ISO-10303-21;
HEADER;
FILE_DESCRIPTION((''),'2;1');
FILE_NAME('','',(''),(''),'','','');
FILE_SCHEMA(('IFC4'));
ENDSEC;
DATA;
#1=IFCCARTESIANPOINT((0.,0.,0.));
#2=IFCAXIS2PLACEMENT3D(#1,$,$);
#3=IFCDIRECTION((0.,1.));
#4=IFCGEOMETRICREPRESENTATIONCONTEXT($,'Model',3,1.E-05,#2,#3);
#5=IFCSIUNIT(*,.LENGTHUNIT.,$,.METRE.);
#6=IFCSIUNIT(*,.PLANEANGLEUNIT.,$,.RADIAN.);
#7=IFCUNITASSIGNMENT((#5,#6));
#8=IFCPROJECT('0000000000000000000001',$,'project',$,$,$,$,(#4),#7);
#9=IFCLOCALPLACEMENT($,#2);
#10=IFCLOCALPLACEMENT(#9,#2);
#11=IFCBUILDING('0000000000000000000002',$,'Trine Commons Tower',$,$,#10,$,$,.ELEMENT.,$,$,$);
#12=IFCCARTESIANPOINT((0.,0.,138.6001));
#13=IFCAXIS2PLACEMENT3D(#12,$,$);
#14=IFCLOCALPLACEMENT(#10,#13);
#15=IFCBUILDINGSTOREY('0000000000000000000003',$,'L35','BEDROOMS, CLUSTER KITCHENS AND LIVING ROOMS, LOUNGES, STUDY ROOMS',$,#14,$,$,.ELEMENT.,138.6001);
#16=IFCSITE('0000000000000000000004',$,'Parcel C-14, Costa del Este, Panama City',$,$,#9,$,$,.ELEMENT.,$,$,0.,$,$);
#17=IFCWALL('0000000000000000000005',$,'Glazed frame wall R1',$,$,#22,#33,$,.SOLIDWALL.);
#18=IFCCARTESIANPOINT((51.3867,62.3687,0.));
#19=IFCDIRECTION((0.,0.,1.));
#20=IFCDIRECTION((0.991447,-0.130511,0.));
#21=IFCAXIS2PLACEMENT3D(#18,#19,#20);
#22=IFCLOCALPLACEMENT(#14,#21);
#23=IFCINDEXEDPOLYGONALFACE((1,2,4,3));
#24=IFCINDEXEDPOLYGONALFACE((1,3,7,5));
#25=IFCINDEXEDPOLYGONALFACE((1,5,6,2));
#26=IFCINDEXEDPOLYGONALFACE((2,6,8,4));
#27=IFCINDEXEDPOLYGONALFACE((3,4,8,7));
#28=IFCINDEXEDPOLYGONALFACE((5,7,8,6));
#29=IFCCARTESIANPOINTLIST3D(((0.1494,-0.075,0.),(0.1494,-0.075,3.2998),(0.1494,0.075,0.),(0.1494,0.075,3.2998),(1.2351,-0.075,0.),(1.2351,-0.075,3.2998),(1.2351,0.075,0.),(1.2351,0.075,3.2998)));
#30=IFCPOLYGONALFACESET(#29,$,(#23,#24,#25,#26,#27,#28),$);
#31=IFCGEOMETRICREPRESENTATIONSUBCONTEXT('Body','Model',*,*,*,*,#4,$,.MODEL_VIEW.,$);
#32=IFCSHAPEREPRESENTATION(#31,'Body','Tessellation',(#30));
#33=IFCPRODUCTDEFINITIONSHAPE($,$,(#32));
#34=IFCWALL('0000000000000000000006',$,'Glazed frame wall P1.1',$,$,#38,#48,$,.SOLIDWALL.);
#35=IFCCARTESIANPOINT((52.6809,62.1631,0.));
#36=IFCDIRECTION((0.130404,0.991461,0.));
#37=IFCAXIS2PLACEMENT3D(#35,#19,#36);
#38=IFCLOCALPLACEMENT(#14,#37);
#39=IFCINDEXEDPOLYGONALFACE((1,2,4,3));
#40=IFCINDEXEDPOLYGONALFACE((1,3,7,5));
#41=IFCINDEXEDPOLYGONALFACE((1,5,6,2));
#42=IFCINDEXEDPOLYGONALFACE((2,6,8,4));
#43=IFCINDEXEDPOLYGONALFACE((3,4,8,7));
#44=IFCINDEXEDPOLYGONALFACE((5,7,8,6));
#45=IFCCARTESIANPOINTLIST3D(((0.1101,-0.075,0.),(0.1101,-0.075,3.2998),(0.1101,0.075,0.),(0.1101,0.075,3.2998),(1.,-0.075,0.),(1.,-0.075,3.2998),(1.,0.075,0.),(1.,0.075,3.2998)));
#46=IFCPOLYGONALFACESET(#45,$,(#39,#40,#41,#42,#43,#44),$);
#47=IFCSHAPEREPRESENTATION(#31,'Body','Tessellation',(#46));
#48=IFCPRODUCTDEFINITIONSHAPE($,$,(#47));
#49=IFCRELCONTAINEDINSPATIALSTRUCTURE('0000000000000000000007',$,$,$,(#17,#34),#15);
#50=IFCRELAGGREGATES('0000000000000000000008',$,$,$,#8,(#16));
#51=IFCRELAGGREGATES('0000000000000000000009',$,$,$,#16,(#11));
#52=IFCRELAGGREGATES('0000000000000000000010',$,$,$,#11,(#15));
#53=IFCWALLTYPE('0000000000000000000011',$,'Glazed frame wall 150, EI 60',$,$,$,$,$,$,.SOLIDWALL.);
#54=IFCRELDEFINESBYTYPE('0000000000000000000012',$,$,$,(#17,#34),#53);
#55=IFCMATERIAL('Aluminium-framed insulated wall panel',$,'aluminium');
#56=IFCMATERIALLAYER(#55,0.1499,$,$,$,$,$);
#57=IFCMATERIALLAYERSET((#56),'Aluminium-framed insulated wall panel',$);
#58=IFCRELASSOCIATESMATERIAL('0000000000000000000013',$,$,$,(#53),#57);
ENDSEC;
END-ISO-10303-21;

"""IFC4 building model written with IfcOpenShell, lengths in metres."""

from ifc_helpers import new_model, si_unit, direction, frame, origin, place, context, subcontext, project, spatial, polyline, outline, extrude, material, layer, layer_set, type_object, element, save


model = new_model("IFC4")

# Units and contexts
model_context = context("Model", 3, precision=1e-05, world=origin(), true_north=direction((0.0, 1.0)))
body_context = subcontext(model_context, "Body", "Model", "MODEL_VIEW")
ifc_project = project(units=[si_unit("LENGTHUNIT", "METRE"), si_unit("PLANEANGLEUNIT", "RADIAN")], contexts=[model_context])

# Site, building, storey
site_placement = place(None, origin())
site = spatial("IfcSite", under=ifc_project, at=site_placement, Name="Parcel C-14, Costa del Este, Panama City", CompositionType="ELEMENT", RefElevation=0.0)
building_placement = place(site_placement, origin())
building = spatial("IfcBuilding", under=site, at=building_placement, Name="Trine Commons Tower", CompositionType="ELEMENT")
storey_placement = place(building_placement, frame((0.0, 0.0, 138.6001)))
storey = spatial("IfcBuildingStorey", under=building, at=storey_placement, Name="L35", Description="BEDROOMS, CLUSTER KITCHENS AND LIVING ROOMS, LOUNGES, STUDY ROOMS", CompositionType="ELEMENT", Elevation=138.6001)

# Walls
ifc_material_1 = material(Name="Aluminium-framed insulated wall panel", Category="aluminium")
ifc_layer_1 = layer(ifc_material_1, 0.1499)
ifc_layer_set_1 = layer_set([ifc_layer_1], Name="Aluminium-framed insulated wall panel")
wall_type_1 = type_object("IfcWallType", Name="Glazed frame wall 150, EI 60", PredefinedType="SOLIDWALL", material=ifc_layer_set_1)
wall_1_placement = place(storey_placement, frame((51.3867, 62.3687, 0.0), z_axis=(0.0, 0.0, 1.0), x_axis=(0.991447, -0.130511, 0.0)))
element("IfcWall", 1, at=wall_1_placement, inside=storey, type_object=wall_type_1, Name="Glazed frame wall R1", PredefinedType="SOLIDWALL", context=body_context, shape_type="SweptSolid", body=[
    extrude(outline(polyline([(0.1494, 0.075), (0.1494, -0.075), (1.2351, -0.075), (1.2351, 0.075), (0.1494, 0.075)])), origin(), (0.0, 0.0, 1.0), 3.2998),
])
wall_2_placement = place(storey_placement, frame((52.6809, 62.1631, 0.0), z_axis=(0.0, 0.0, 1.0), x_axis=(0.130404, 0.991461, 0.0)))
element("IfcWall", 2, at=wall_2_placement, inside=storey, type_object=wall_type_1, Name="Glazed frame wall P1.1", PredefinedType="SOLIDWALL", context=body_context, shape_type="SweptSolid", body=[
    extrude(outline(polyline([(0.1101, -0.075), (1.0, -0.075), (1.0, 0.075), (0.1101, 0.075), (0.1101, -0.075)])), origin(), (0.0, 0.0, 1.0), 3.2998),
])

save(model, "model.ifc")
